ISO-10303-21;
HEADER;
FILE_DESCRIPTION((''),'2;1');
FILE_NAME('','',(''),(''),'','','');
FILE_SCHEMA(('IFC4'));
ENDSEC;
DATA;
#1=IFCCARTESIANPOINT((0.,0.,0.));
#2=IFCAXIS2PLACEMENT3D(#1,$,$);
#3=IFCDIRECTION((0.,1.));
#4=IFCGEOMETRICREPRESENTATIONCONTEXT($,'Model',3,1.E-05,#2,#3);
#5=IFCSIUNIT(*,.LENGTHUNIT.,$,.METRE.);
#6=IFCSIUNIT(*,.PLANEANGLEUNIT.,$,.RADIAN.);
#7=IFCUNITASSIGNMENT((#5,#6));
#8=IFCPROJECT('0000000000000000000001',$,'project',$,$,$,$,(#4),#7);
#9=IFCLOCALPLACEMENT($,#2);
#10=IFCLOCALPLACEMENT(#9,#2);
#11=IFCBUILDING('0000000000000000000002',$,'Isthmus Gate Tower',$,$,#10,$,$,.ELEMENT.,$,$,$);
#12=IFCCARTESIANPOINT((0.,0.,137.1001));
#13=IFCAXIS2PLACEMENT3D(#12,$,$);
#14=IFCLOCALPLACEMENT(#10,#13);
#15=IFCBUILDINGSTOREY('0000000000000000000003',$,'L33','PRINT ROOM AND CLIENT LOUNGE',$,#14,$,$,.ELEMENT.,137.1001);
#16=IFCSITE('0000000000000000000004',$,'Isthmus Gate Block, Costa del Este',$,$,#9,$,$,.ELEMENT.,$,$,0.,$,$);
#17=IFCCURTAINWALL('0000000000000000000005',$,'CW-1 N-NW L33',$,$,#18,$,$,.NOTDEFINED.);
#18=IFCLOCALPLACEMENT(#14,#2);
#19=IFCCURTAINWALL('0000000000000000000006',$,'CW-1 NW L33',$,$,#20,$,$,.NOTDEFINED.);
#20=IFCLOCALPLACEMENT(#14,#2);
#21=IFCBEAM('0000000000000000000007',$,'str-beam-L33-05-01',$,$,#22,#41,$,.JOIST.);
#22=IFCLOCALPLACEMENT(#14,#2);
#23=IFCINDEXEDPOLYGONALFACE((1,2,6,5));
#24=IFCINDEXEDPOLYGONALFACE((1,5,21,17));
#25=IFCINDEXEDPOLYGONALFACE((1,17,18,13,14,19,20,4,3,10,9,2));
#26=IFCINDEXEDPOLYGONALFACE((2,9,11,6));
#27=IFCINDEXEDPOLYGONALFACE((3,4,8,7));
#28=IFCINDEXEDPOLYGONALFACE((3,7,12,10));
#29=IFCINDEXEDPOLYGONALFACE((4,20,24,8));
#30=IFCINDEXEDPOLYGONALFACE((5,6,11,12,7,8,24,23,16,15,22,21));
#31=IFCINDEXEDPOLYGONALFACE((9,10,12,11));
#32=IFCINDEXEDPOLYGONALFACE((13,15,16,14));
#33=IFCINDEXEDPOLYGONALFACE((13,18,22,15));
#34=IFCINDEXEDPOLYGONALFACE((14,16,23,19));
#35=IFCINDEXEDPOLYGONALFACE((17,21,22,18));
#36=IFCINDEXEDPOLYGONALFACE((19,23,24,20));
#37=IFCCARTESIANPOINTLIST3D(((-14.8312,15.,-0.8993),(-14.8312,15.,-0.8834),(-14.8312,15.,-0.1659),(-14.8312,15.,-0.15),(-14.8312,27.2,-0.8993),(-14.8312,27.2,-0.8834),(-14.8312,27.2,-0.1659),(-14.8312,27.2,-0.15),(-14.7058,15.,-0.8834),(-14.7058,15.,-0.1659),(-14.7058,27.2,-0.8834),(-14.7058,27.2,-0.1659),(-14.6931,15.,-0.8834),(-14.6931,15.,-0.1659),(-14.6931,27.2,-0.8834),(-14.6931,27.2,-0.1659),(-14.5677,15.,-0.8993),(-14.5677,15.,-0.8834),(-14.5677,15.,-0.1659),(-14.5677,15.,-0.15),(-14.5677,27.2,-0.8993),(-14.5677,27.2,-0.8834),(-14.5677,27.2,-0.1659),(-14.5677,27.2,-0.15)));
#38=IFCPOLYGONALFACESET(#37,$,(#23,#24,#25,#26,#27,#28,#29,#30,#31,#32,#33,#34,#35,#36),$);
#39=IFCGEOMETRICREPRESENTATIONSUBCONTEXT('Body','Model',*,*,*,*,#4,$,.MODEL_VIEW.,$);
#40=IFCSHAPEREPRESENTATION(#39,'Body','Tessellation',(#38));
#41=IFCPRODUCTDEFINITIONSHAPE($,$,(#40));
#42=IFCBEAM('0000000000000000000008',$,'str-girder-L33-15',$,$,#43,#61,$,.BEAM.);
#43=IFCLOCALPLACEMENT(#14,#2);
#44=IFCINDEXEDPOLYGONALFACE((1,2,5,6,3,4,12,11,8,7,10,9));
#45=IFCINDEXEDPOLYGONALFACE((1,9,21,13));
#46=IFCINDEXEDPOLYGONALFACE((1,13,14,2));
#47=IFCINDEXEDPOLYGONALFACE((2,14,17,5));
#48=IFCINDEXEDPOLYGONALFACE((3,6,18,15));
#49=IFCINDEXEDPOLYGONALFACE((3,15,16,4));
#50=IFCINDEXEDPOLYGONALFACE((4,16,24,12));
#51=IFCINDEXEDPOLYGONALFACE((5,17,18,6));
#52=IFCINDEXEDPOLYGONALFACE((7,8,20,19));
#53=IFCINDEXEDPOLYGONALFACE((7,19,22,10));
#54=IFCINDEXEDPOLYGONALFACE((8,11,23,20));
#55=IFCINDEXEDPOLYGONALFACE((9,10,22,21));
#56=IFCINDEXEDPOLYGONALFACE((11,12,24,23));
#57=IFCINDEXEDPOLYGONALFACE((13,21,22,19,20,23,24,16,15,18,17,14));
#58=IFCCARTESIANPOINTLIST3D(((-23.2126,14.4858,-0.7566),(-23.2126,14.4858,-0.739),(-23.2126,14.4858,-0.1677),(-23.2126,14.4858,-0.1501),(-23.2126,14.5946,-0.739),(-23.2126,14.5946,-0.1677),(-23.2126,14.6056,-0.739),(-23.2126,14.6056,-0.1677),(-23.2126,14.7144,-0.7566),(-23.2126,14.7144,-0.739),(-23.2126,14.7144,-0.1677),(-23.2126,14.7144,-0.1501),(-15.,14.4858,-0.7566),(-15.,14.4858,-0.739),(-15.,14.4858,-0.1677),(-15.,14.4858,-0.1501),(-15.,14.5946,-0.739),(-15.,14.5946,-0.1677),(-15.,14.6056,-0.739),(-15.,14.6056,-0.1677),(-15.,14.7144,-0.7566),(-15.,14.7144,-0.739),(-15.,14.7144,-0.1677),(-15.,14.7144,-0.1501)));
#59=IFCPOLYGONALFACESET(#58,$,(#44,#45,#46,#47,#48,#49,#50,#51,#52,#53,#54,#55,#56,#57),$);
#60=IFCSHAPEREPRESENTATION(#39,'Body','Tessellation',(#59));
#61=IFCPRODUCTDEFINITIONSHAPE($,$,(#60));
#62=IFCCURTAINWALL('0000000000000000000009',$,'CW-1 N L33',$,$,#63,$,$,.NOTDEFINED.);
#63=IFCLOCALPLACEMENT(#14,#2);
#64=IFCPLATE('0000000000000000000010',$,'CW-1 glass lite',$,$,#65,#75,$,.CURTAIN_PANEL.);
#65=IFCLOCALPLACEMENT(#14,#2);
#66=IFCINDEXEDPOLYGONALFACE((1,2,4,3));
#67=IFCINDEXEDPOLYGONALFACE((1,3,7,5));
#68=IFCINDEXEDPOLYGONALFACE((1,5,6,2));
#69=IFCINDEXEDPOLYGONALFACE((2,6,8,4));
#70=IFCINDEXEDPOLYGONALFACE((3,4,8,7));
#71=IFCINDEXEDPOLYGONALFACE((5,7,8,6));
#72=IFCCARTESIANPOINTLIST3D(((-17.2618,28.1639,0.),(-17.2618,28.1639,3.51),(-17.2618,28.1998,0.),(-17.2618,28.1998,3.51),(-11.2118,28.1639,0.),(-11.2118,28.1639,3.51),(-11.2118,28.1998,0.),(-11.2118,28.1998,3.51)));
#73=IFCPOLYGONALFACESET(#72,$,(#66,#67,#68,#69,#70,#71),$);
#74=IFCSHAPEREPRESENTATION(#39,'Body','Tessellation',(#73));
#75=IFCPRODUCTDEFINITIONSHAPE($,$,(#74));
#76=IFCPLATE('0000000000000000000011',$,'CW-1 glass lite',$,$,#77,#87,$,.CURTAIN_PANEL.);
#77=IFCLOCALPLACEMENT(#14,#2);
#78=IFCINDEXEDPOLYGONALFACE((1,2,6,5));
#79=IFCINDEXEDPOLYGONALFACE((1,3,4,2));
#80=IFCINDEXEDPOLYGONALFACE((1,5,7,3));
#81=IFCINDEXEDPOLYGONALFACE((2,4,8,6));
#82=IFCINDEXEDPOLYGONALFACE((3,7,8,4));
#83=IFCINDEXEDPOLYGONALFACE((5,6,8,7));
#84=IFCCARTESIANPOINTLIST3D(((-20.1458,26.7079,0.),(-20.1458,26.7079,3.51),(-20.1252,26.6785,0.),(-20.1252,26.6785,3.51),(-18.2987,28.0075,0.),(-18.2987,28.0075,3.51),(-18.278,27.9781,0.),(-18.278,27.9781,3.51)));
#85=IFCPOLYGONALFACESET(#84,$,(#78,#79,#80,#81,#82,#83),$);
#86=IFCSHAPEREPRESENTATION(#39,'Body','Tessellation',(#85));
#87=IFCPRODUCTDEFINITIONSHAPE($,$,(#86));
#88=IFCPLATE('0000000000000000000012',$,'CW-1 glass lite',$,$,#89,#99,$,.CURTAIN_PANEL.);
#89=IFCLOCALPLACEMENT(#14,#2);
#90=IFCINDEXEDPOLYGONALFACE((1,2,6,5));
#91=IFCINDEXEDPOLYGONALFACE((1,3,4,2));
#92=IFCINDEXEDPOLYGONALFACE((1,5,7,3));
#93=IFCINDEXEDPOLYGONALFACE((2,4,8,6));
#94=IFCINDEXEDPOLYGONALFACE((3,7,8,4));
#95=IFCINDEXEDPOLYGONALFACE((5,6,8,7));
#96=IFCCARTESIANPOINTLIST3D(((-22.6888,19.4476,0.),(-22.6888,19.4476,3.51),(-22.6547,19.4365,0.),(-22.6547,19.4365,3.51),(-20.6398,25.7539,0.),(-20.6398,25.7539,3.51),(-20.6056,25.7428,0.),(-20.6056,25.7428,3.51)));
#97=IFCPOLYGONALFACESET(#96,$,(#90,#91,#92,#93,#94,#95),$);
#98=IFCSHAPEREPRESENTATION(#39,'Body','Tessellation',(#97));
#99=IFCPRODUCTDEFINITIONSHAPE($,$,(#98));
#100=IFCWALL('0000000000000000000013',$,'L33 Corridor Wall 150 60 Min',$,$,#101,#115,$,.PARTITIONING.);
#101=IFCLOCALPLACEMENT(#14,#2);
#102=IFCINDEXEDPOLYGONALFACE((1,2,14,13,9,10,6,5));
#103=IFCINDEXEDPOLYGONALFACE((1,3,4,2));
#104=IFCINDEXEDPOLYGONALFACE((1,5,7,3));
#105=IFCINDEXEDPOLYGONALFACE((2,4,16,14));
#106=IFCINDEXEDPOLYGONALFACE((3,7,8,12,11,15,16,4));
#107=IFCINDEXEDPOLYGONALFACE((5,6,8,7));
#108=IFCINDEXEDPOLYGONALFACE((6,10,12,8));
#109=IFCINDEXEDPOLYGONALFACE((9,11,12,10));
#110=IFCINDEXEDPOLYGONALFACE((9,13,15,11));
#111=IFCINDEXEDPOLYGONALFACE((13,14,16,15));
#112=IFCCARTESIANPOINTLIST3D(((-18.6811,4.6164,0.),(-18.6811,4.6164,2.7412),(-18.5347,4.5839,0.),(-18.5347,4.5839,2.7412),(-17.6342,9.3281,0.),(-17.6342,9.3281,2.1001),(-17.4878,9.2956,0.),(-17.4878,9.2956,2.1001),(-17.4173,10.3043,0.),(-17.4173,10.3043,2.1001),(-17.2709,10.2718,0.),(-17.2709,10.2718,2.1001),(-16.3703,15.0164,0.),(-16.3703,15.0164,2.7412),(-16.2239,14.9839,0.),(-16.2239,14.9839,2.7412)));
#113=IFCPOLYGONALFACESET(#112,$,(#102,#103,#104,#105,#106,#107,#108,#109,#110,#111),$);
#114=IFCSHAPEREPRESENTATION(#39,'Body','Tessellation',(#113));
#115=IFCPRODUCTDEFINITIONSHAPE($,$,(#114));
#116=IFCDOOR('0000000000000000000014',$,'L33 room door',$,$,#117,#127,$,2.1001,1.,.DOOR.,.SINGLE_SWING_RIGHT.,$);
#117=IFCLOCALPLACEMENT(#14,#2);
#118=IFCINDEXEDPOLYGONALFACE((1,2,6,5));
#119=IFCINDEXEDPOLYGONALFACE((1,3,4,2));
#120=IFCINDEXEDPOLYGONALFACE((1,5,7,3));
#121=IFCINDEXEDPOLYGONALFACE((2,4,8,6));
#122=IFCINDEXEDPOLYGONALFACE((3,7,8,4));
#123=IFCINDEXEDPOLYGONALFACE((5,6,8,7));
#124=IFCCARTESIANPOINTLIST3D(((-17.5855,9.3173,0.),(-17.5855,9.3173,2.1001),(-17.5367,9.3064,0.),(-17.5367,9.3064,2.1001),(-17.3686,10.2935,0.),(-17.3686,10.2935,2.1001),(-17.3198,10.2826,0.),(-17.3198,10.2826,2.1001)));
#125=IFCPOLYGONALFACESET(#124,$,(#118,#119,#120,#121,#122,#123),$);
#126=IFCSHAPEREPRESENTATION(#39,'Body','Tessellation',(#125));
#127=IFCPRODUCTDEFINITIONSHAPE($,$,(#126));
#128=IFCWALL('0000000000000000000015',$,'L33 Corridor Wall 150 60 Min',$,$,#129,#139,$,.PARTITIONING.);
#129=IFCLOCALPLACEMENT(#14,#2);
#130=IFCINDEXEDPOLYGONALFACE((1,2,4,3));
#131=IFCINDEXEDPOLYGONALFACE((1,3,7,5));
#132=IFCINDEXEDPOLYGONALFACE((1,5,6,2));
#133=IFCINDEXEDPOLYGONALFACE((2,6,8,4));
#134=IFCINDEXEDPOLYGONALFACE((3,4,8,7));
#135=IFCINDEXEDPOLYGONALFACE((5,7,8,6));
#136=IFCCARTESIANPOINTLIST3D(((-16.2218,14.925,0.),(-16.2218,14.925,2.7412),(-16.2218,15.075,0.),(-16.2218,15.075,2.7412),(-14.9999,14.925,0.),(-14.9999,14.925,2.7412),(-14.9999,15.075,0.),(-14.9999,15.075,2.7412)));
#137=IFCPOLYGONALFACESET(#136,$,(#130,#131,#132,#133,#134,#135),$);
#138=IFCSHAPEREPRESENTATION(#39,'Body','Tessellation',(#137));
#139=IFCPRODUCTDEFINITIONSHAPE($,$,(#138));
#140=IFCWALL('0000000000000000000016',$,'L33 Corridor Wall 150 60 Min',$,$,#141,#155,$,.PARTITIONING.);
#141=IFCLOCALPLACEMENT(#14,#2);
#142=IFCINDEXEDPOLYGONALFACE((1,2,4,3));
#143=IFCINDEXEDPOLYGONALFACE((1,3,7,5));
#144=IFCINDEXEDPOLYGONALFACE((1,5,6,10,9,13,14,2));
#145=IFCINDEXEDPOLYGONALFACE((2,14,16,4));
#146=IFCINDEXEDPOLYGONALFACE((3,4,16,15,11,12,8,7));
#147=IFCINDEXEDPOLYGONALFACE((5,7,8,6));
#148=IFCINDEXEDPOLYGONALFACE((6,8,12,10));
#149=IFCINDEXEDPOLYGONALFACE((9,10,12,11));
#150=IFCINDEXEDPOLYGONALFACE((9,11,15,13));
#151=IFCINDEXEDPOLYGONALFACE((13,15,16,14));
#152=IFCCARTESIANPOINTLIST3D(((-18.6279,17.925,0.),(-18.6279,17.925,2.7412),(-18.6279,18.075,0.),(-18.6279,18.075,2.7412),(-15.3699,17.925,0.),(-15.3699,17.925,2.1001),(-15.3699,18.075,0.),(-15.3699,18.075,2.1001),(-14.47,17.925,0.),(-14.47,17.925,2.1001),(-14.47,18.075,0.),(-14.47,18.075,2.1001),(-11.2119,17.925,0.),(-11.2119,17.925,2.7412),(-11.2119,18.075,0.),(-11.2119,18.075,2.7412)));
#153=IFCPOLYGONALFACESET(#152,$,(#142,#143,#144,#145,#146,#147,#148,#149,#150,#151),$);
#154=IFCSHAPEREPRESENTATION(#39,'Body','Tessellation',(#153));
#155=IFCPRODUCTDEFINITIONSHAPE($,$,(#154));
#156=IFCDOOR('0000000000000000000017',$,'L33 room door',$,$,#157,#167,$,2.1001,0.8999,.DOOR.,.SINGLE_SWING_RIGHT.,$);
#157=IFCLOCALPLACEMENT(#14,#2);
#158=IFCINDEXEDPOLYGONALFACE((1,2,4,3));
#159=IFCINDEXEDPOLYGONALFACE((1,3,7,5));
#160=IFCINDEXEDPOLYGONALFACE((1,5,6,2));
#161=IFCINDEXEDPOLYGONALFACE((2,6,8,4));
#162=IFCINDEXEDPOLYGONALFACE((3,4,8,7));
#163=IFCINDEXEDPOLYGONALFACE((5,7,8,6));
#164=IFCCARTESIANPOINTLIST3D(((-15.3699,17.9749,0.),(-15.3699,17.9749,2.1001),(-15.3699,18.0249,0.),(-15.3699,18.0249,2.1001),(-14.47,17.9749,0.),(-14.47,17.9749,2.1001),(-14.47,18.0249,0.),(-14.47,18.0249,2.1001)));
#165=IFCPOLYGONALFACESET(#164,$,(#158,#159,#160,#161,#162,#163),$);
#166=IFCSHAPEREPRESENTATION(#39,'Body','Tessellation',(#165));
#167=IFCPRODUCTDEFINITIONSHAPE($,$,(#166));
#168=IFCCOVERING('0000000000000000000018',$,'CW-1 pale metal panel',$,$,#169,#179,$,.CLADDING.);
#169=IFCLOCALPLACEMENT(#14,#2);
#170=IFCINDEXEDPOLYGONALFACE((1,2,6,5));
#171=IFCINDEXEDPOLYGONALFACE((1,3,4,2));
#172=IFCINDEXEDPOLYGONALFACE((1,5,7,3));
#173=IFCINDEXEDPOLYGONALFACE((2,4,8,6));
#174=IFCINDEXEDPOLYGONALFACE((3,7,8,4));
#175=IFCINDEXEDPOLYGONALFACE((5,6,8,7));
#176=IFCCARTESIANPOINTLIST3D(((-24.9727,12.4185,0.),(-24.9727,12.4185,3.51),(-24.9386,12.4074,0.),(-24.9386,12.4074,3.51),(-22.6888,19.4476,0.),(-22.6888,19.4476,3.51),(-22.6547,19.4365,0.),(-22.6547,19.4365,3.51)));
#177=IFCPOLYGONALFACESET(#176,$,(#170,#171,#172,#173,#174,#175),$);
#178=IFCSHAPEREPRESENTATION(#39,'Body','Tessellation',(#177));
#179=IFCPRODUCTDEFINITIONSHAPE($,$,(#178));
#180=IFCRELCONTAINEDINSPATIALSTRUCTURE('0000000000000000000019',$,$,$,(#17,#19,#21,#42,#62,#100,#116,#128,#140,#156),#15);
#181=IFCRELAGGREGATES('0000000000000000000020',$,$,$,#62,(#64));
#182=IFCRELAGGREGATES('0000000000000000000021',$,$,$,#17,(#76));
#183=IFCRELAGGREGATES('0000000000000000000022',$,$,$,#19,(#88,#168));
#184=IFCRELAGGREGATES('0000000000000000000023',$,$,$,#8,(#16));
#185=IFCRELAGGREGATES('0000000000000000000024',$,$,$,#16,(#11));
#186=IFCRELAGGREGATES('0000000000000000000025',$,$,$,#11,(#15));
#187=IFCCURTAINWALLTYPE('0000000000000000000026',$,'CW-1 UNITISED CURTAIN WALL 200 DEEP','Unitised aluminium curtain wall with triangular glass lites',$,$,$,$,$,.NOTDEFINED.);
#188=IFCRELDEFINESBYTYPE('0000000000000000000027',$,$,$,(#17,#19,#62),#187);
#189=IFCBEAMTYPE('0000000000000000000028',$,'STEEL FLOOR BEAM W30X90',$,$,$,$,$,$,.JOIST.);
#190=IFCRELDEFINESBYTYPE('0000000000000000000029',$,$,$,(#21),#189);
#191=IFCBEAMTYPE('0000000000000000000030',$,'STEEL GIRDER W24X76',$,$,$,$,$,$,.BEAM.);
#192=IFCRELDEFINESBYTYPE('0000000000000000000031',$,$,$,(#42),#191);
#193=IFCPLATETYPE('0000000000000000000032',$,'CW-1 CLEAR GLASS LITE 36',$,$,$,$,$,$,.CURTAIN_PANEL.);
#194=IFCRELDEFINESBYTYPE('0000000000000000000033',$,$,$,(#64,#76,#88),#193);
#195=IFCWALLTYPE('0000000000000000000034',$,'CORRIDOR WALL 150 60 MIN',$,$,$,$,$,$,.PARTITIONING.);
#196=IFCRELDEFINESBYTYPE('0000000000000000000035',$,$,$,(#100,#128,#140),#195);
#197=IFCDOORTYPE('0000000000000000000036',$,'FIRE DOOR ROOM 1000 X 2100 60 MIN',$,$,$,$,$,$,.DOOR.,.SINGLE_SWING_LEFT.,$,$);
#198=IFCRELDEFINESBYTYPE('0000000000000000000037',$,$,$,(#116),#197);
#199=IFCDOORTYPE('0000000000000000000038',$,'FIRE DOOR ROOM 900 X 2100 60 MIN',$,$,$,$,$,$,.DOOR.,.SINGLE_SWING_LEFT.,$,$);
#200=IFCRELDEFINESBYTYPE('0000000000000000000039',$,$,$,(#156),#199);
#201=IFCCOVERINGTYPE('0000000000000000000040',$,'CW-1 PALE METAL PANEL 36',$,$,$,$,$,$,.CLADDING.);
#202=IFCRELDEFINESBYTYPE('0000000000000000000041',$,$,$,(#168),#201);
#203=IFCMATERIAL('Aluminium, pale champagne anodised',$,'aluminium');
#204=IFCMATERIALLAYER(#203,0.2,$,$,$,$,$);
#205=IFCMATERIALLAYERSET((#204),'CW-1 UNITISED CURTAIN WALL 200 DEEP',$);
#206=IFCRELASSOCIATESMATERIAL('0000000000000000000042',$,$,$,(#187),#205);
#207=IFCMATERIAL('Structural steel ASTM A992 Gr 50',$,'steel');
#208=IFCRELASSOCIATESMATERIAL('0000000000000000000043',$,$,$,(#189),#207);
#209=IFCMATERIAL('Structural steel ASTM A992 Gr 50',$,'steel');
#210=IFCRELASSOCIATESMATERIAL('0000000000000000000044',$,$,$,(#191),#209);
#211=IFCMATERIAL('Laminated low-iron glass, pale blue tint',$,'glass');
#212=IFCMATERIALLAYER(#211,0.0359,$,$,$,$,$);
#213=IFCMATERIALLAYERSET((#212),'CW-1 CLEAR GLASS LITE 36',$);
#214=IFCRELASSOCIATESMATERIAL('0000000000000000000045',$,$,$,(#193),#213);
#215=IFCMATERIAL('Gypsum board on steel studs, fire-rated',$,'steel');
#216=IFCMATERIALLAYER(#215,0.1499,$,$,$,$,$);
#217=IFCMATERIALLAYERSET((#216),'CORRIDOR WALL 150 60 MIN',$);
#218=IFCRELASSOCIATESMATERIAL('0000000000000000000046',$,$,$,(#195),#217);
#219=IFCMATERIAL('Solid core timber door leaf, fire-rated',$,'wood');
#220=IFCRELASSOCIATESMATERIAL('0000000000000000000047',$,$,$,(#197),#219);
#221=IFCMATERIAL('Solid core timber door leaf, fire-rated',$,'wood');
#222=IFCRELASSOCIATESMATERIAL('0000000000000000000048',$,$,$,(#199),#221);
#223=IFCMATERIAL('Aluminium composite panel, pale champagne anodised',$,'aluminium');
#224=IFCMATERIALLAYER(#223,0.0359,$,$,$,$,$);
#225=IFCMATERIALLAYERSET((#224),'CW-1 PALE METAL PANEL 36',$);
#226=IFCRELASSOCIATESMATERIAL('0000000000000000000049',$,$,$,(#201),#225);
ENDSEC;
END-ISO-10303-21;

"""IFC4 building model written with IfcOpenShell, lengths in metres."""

from ifc_helpers import new_model, si_unit, direction, frame, frame_2d, origin, origin_2d, place, context, subcontext, project, spatial, rectangle, i_section, extrude, material, layer, layer_set, material_profile, profile_set, type_object, element, fill, aggregate, save


model = new_model("IFC4")

# Units and contexts
model_context = context("Model", 3, precision=1e-05, world=origin(), true_north=direction((0.0, 1.0)))
body_context = subcontext(model_context, "Body", "Model", "MODEL_VIEW")
ifc_project = project(units=[si_unit("LENGTHUNIT", "METRE"), si_unit("PLANEANGLEUNIT", "RADIAN")], contexts=[model_context])

# Site, building, storey
site_placement = place(None, origin())
site = spatial("IfcSite", under=ifc_project, at=site_placement, Name="Isthmus Gate Block, Costa del Este", CompositionType="ELEMENT", RefElevation=0.0)
building_placement = place(site_placement, origin())
building = spatial("IfcBuilding", under=site, at=building_placement, Name="Isthmus Gate Tower", CompositionType="ELEMENT")
storey_placement = place(building_placement, frame((0.0, 0.0, 137.1001)))
storey = spatial("IfcBuildingStorey", under=building, at=storey_placement, Name="L33", Description="PRINT ROOM AND CLIENT LOUNGE", CompositionType="ELEMENT", Elevation=137.1001)

# Curtain walls
ifc_material_1 = material(Name="Aluminium, pale champagne anodised", Category="aluminium")
ifc_layer_1 = layer(ifc_material_1, 0.2)
ifc_layer_set_1 = layer_set([ifc_layer_1], Name="CW-1 UNITISED CURTAIN WALL 200 DEEP")
curtain_wall_type = type_object("IfcCurtainWallType", Name="CW-1 UNITISED CURTAIN WALL 200 DEEP", Description="Unitised aluminium curtain wall with triangular glass lites", PredefinedType="NOTDEFINED", material=ifc_layer_set_1)
curtain_wall_1_placement = place(storey_placement, origin())
curtain_wall_1 = element("IfcCurtainWall", 1, at=curtain_wall_1_placement, inside=storey, type_object=curtain_wall_type, Name="CW-1 N-NW L33", PredefinedType="NOTDEFINED")
curtain_wall_2_placement = place(storey_placement, origin())
curtain_wall_2 = element("IfcCurtainWall", 2, at=curtain_wall_2_placement, inside=storey, type_object=curtain_wall_type, Name="CW-1 NW L33", PredefinedType="NOTDEFINED")

# Beams
ifc_material_2 = material(Name="Structural steel ASTM A992 Gr 50", Category="steel")
ifc_material_profile_1 = material_profile(ifc_material_2, i_section(OverallWidth=0.2634, OverallDepth=0.7493, WebThickness=0.0127, FlangeThickness=0.0159, at=origin_2d()), Name="W30X90")
ifc_profile_set_1 = profile_set([ifc_material_profile_1], Name="Structural steel ASTM A992 Gr 50")
beam_type_1 = type_object("IfcBeamType", Name="STEEL FLOOR BEAM W30X90", PredefinedType="JOIST", material=ifc_profile_set_1)
beam_1_placement = place(storey_placement, frame((-14.6995, 15.0, -0.5247), z_axis=(0.0, 1.0, 0.0), x_axis=(-1.0, 0.0, 0.0)))
element("IfcBeam", 3, at=beam_1_placement, inside=storey, type_object=beam_type_1, Name="str-beam-L33-05-01", PredefinedType="JOIST", context=body_context, shape_type="SweptSolid", body=[
    extrude(i_section(OverallWidth=0.2634, OverallDepth=0.7493, WebThickness=0.0127, FlangeThickness=0.0159, at=origin_2d()), origin(), (0.0, 0.0, 1.0), 12.2),
])
ifc_material_3 = material(Name="Structural steel ASTM A992 Gr 50", Category="steel")
ifc_material_profile_2 = material_profile(ifc_material_3, i_section(OverallWidth=0.2285, OverallDepth=0.6064, WebThickness=0.011, FlangeThickness=0.0176, at=origin_2d()), Name="W24X76")
ifc_profile_set_2 = profile_set([ifc_material_profile_2], Name="Structural steel ASTM A992 Gr 50")
beam_type_2 = type_object("IfcBeamType", Name="STEEL GIRDER W24X76", PredefinedType="BEAM", material=ifc_profile_set_2)
beam_2_placement = place(storey_placement, frame((-15.0, 14.6001, -0.4534), z_axis=(-1.0, 0.0, 0.0), x_axis=(0.0, -1.0, 0.0)))
element("IfcBeam", 4, at=beam_2_placement, inside=storey, type_object=beam_type_2, Name="str-girder-L33-15", PredefinedType="BEAM", context=body_context, shape_type="SweptSolid", body=[
    extrude(i_section(OverallWidth=0.2285, OverallDepth=0.6064, WebThickness=0.011, FlangeThickness=0.0176, at=origin_2d()), origin(), (0.0, 0.0, 1.0), 8.2126),
])

# Curtain wall, plate
curtain_wall_3_placement = place(storey_placement, origin())
curtain_wall_3 = element("IfcCurtainWall", 5, at=curtain_wall_3_placement, inside=storey, type_object=curtain_wall_type, Name="CW-1 N L33", PredefinedType="NOTDEFINED")
ifc_material_4 = material(Name="Laminated low-iron glass, pale blue tint", Category="glass")
ifc_layer_2 = layer(ifc_material_4, 0.0359)
ifc_layer_set_2 = layer_set([ifc_layer_2], Name="CW-1 CLEAR GLASS LITE 36")
plate_type = type_object("IfcPlateType", Name="CW-1 CLEAR GLASS LITE 36", PredefinedType="CURTAIN_PANEL", material=ifc_layer_set_2)
plate_1_placement = place(storey_placement, frame((-14.2368, 28.1819, 0.0), z_axis=(0.0, 0.0, 1.0), x_axis=(-1.0, 0.0, 0.0)))
plate_1 = element("IfcPlate", 6, at=plate_1_placement, type_object=plate_type, Name="CW-1 glass lite", PredefinedType="CURTAIN_PANEL", context=body_context, shape_type="SweptSolid", body=[
    extrude(rectangle(XDim=6.05, YDim=0.0359, at=origin_2d()), origin(), (0.0, 0.0, 1.0), 3.51),
])
aggregate(curtain_wall_3, [plate_1])

# Plates
plate_2_placement = place(storey_placement, frame((-19.2119, 27.343, 0.0), z_axis=(0.0, 0.0, 1.0), x_axis=(-0.81786, -0.575418, 0.0)))
plate_2 = element("IfcPlate", 7, at=plate_2_placement, type_object=plate_type, Name="CW-1 glass lite", PredefinedType="CURTAIN_PANEL", context=body_context, shape_type="SweptSolid", body=[
    extrude(rectangle(XDim=2.2585, YDim=0.0359, at=origin_2d()), origin(), (0.0, 0.0, 1.0), 3.51),
])
aggregate(curtain_wall_1, [plate_2])
plate_3_placement = place(storey_placement, frame((-21.6472, 22.5952, 0.0), z_axis=(0.0, 0.0, 1.0), x_axis=(-0.309017, -0.951057, 0.0)))
plate_3 = element("IfcPlate", 8, at=plate_3_placement, type_object=plate_type, Name="CW-1 glass lite", PredefinedType="CURTAIN_PANEL", context=body_context, shape_type="SweptSolid", body=[
    extrude(rectangle(XDim=6.6309, YDim=0.0359, at=origin_2d()), origin(), (0.0, 0.0, 1.0), 3.51),
])

# Wall, opening, door
ifc_material_5 = material(Name="Gypsum board on steel studs, fire-rated", Category="steel")
ifc_layer_3 = layer(ifc_material_5, 0.1499)
ifc_layer_set_3 = layer_set([ifc_layer_3], Name="CORRIDOR WALL 150 60 MIN")
wall_type = type_object("IfcWallType", Name="CORRIDOR WALL 150 60 MIN", PredefinedType="PARTITIONING", material=ifc_layer_set_3)
wall_1_placement = place(storey_placement, frame((-16.2971, 15.0, 0.0), z_axis=(0.0, 0.0, 1.0), x_axis=(-0.216904, -0.976193, 0.0)))
wall_1 = element("IfcWall", 9, at=wall_1_placement, inside=storey, type_object=wall_type, Name="L33 Corridor Wall 150 60 Min", PredefinedType="PARTITIONING", context=body_context, shape_type="SweptSolid", body=[
    extrude(rectangle(XDim=10.6536, YDim=0.1499, at=frame_2d((5.3267, 0.0))), origin(), (0.0, 0.0, 1.0), 2.7412),
])
opening_1_placement = place(wall_1_placement, frame((4.8269, 0.0, 0.0)))
opening_1 = element("IfcOpeningElement", 10, at=opening_1_placement, cuts=wall_1, PredefinedType="OPENING", context=body_context, shape_type="SweptSolid", body=[
    extrude(rectangle(XDim=1.0, YDim=2.1001, at=frame_2d((0.5, 1.05))), frame((0.0, 0.085, 0.0), z_axis=(0.0, -1.0, 0.0), x_axis=(1.0, 0.0, 0.0)), (0.0, 0.0, 1.0), 0.1699),
])
ifc_material_6 = material(Name="Solid core timber door leaf, fire-rated", Category="wood")
door_type_1 = type_object("IfcDoorType", Name="FIRE DOOR ROOM 1000 X 2100 60 MIN", OperationType="SINGLE_SWING_LEFT", PredefinedType="DOOR", material=ifc_material_6)
door_1_placement = place(opening_1_placement, origin())
door_1 = element("IfcDoor", 11, at=door_1_placement, inside=storey, type_object=door_type_1, Name="L33 room door", OperationType="SINGLE_SWING_RIGHT", OverallHeight=2.1001, OverallWidth=1.0, PredefinedType="DOOR", context=body_context, shape_type="SweptSolid", body=[
    extrude(rectangle(XDim=1.0, YDim=2.1001, at=frame_2d((0.5, 1.05))), frame((0.0, 0.0249, 0.0), z_axis=(0.0, -1.0, 0.0), x_axis=(1.0, 0.0, 0.0)), (0.0, 0.0, 1.0), 0.05),
])
fill(opening_1, door_1)

# Wall
wall_2_placement = place(storey_placement, frame((-15.0, 15.0, 0.0), z_axis=(0.0, 0.0, 1.0), x_axis=(-1.0, 0.0, 0.0)))
element("IfcWall", 12, at=wall_2_placement, inside=storey, type_object=wall_type, Name="L33 Corridor Wall 150 60 Min", PredefinedType="PARTITIONING", context=body_context, shape_type="SweptSolid", body=[
    extrude(rectangle(XDim=1.2219, YDim=0.1499, at=frame_2d((0.6108, 0.0))), origin(), (0.0, 0.0, 1.0), 2.7412),
])

# Wall, opening, door
wall_3_placement = place(storey_placement, frame((-18.6279, 18.0, 0.0), z_axis=(0.0, 0.0, 1.0), x_axis=(1.0, 0.0, 0.0)))
wall_3 = element("IfcWall", 13, at=wall_3_placement, inside=storey, type_object=wall_type, Name="L33 Corridor Wall 150 60 Min", PredefinedType="PARTITIONING", context=body_context, shape_type="SweptSolid", body=[
    extrude(rectangle(XDim=7.416, YDim=0.1499, at=frame_2d((3.708, 0.0))), origin(), (0.0, 0.0, 1.0), 2.7412),
])
opening_2_placement = place(wall_3_placement, frame((3.2581, 0.0, 0.0)))
opening_2 = element("IfcOpeningElement", 14, at=opening_2_placement, cuts=wall_3, PredefinedType="OPENING", context=body_context, shape_type="SweptSolid", body=[
    extrude(rectangle(XDim=0.8999, YDim=2.1001, at=frame_2d((0.45, 1.05))), frame((0.0, 0.085, 0.0), z_axis=(0.0, -1.0, 0.0), x_axis=(1.0, 0.0, 0.0)), (0.0, 0.0, 1.0), 0.1699),
])
ifc_material_7 = material(Name="Solid core timber door leaf, fire-rated", Category="wood")
door_type_2 = type_object("IfcDoorType", Name="FIRE DOOR ROOM 900 X 2100 60 MIN", OperationType="SINGLE_SWING_LEFT", PredefinedType="DOOR", material=ifc_material_7)
door_2_placement = place(opening_2_placement, origin())
door_2 = element("IfcDoor", 15, at=door_2_placement, inside=storey, type_object=door_type_2, Name="L33 room door", OperationType="SINGLE_SWING_RIGHT", OverallHeight=2.1001, OverallWidth=0.8999, PredefinedType="DOOR", context=body_context, shape_type="SweptSolid", body=[
    extrude(rectangle(XDim=0.8999, YDim=2.1001, at=frame_2d((0.45, 1.05))), frame((0.0, 0.0249, 0.0), z_axis=(0.0, -1.0, 0.0), x_axis=(1.0, 0.0, 0.0)), (0.0, 0.0, 1.0), 0.05),
])
fill(opening_2, door_2)

# Covering
ifc_material_8 = material(Name="Aluminium composite panel, pale champagne anodised", Category="aluminium")
ifc_layer_4 = layer(ifc_material_8, 0.0359)
ifc_layer_set_4 = layer_set([ifc_layer_4], Name="CW-1 PALE METAL PANEL 36")
covering_type = type_object("IfcCoveringType", Name="CW-1 PALE METAL PANEL 36", PredefinedType="CLADDING", material=ifc_layer_set_4)
covering_placement = place(storey_placement, frame((-23.8137, 15.9275, 0.0), z_axis=(0.0, 0.0, 1.0), x_axis=(-0.309017, -0.951057, 0.0)))
covering = element("IfcCovering", 16, at=covering_placement, type_object=covering_type, Name="CW-1 pale metal panel", PredefinedType="CLADDING", context=body_context, shape_type="SweptSolid", body=[
    extrude(rectangle(XDim=7.3909, YDim=0.0359, at=origin_2d()), origin(), (0.0, 0.0, 1.0), 3.51),
])
aggregate(curtain_wall_2, [plate_3, covering])

save(model, "model.ifc")
